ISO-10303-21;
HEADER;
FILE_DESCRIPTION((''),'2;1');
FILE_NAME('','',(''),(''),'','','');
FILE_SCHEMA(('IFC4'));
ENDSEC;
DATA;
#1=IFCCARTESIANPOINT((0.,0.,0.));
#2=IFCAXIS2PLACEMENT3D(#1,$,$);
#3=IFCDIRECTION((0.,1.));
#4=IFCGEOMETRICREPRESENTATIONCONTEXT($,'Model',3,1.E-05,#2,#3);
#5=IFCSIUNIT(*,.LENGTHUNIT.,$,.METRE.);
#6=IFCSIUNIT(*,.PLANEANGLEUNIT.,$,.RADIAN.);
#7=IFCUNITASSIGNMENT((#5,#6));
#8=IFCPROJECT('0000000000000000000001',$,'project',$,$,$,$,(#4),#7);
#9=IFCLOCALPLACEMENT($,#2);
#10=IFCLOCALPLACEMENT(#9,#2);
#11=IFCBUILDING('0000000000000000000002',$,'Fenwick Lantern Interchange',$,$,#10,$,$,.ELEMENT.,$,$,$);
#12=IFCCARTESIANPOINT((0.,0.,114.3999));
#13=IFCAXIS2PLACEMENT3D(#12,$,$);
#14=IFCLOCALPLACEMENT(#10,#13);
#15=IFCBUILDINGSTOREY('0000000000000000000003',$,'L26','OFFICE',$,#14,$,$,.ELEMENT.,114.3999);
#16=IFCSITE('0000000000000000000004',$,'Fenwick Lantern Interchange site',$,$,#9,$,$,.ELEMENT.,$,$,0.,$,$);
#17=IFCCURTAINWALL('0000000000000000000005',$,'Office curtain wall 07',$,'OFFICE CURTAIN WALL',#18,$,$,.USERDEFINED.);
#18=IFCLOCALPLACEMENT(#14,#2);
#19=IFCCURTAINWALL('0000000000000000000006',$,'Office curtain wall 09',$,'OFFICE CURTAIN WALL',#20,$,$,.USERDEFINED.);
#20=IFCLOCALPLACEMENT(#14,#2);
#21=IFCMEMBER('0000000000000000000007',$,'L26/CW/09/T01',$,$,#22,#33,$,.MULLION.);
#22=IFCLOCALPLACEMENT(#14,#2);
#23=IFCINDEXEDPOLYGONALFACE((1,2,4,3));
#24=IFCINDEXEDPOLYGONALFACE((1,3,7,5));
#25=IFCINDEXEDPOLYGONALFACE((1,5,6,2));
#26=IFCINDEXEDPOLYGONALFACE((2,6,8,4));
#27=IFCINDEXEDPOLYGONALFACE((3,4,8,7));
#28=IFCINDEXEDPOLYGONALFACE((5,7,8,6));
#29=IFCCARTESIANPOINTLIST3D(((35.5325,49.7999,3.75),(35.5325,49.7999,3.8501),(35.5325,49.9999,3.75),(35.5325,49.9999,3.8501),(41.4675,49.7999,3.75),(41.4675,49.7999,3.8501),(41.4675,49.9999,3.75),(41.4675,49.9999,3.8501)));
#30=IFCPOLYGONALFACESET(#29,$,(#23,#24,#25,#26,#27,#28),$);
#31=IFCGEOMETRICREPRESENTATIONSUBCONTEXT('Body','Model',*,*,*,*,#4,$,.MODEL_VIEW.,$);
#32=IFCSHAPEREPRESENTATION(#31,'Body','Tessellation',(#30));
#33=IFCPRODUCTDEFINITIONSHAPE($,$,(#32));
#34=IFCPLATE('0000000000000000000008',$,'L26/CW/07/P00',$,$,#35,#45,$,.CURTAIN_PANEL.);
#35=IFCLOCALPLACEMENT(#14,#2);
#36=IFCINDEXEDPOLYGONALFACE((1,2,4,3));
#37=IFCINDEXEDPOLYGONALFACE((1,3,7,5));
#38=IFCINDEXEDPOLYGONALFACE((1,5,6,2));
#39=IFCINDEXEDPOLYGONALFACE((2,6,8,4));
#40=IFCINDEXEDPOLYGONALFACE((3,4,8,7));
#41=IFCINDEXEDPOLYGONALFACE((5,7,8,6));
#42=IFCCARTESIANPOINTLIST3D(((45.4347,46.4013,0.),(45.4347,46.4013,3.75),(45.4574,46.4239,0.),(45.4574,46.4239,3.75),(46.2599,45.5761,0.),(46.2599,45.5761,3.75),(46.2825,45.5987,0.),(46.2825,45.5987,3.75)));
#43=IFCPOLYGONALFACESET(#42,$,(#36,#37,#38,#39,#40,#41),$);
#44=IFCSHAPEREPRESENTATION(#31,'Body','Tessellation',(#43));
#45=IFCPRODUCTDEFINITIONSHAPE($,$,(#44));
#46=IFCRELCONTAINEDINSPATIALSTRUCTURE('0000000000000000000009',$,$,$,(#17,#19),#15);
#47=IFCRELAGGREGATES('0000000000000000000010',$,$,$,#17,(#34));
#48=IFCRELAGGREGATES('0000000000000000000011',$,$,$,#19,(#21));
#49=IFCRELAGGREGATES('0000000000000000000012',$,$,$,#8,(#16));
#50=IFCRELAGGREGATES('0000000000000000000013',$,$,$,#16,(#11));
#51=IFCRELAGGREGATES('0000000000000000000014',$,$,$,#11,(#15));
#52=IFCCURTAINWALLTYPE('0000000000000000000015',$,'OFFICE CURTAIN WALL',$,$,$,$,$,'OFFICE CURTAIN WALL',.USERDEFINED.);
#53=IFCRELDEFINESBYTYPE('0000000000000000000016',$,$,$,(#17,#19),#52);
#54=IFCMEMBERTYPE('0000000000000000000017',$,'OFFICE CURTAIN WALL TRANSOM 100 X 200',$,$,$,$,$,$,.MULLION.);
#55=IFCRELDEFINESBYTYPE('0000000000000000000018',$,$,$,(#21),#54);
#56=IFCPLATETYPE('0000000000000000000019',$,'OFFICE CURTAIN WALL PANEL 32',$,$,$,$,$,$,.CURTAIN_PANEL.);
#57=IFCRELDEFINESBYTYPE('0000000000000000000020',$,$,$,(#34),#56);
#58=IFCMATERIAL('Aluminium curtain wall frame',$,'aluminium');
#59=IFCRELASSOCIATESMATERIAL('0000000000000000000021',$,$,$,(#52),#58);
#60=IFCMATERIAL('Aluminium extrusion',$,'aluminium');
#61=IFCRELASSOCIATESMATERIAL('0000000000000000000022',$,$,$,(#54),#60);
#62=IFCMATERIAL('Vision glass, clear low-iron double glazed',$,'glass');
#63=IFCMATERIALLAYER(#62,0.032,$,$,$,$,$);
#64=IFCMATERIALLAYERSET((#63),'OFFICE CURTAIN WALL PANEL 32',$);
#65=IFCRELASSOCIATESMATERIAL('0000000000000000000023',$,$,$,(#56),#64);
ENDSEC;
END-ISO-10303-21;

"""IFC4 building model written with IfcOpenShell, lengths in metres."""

from ifc_helpers import new_model, si_unit, direction, frame, origin, origin_2d, place, context, subcontext, project, spatial, rectangle, extrude, material, layer, layer_set, material_profile, profile_set, type_object, element, aggregate, save


model = new_model("IFC4")

# Units and contexts
model_context = context("Model", 3, precision=1e-05, world=origin(), true_north=direction((0.0, 1.0)))
body_context = subcontext(model_context, "Body", "Model", "MODEL_VIEW")
ifc_project = project(units=[si_unit("LENGTHUNIT", "METRE"), si_unit("PLANEANGLEUNIT", "RADIAN")], contexts=[model_context])

# Site, building, storey
site_placement = place(None, origin())
site = spatial("IfcSite", under=ifc_project, at=site_placement, Name="Fenwick Lantern Interchange site", CompositionType="ELEMENT", RefElevation=0.0)
building_placement = place(site_placement, origin())
building = spatial("IfcBuilding", under=site, at=building_placement, Name="Fenwick Lantern Interchange", CompositionType="ELEMENT")
storey_placement = place(building_placement, frame((0.0, 0.0, 114.3999)))
storey = spatial("IfcBuildingStorey", under=building, at=storey_placement, Name="L26", Description="OFFICE", CompositionType="ELEMENT", Elevation=114.3999)

# Curtain walls
ifc_material_1 = material(Name="Aluminium curtain wall frame", Category="aluminium")
curtain_wall_type = type_object("IfcCurtainWallType", Name="OFFICE CURTAIN WALL", ElementType="OFFICE CURTAIN WALL", PredefinedType="USERDEFINED", material=ifc_material_1)
curtain_wall_1_placement = place(storey_placement, origin())
curtain_wall_1 = element("IfcCurtainWall", 1, at=curtain_wall_1_placement, inside=storey, type_object=curtain_wall_type, Name="Office curtain wall 07", ObjectType="OFFICE CURTAIN WALL", PredefinedType="USERDEFINED")
ifc_material_2 = material(Name="Aluminium extrusion", Category="aluminium")
curtain_wall_2_placement = place(storey_placement, origin())
curtain_wall_2 = element("IfcCurtainWall", 2, at=curtain_wall_2_placement, inside=storey, type_object=curtain_wall_type, Name="Office curtain wall 09", ObjectType="OFFICE CURTAIN WALL", PredefinedType="USERDEFINED")

# Member
ifc_material_profile_1 = material_profile(ifc_material_2, rectangle(XDim=0.2, YDim=0.1001, at=origin_2d()), Name="OFFICE CURTAIN WALL TRANSOM 100 X 200")
ifc_profile_set_1 = profile_set([ifc_material_profile_1], Name="Aluminium extrusion")
member_type_1 = type_object("IfcMemberType", Name="OFFICE CURTAIN WALL TRANSOM 100 X 200", PredefinedType="MULLION", material=ifc_profile_set_1)
member_1_placement = place(storey_placement, frame((41.4675, 49.8999, 3.8), z_axis=(-1.0, 0.0, 0.0), x_axis=(0.0, -1.0, 0.0)))
member_1 = element("IfcMember", 3, at=member_1_placement, type_object=member_type_1, Name="L26/CW/09/T01", PredefinedType="MULLION", context=body_context, shape_type="SweptSolid", body=[
    extrude(rectangle(XDim=0.2, YDim=0.1001, at=origin_2d()), origin(), (0.0, 0.0, 1.0), 5.9351),
])

# Plate
ifc_material_3 = material(Name="Vision glass, clear low-iron double glazed", Category="glass")
ifc_layer_1 = layer(ifc_material_3, 0.032)
ifc_layer_set_1 = layer_set([ifc_layer_1], Name="OFFICE CURTAIN WALL PANEL 32")
plate_type = type_object("IfcPlateType", Name="OFFICE CURTAIN WALL PANEL 32", PredefinedType="CURTAIN_PANEL", material=ifc_layer_set_1)
plate_1_placement = place(storey_placement, frame((45.8586, 46.0, 0.0), z_axis=(0.0, 0.0, 1.0), x_axis=(-0.707107, 0.707107, 0.0)))
plate_1 = element("IfcPlate", 4, at=plate_1_placement, type_object=plate_type, Name="L26/CW/07/P00", PredefinedType="CURTAIN_PANEL", context=body_context, shape_type="SweptSolid", body=[
    extrude(rectangle(XDim=1.167, YDim=0.032, at=origin_2d()), origin(), (0.0, 0.0, 1.0), 3.75),
])
aggregate(curtain_wall_1, [plate_1])
aggregate(curtain_wall_2, [member_1])

save(model, "model.ifc")
